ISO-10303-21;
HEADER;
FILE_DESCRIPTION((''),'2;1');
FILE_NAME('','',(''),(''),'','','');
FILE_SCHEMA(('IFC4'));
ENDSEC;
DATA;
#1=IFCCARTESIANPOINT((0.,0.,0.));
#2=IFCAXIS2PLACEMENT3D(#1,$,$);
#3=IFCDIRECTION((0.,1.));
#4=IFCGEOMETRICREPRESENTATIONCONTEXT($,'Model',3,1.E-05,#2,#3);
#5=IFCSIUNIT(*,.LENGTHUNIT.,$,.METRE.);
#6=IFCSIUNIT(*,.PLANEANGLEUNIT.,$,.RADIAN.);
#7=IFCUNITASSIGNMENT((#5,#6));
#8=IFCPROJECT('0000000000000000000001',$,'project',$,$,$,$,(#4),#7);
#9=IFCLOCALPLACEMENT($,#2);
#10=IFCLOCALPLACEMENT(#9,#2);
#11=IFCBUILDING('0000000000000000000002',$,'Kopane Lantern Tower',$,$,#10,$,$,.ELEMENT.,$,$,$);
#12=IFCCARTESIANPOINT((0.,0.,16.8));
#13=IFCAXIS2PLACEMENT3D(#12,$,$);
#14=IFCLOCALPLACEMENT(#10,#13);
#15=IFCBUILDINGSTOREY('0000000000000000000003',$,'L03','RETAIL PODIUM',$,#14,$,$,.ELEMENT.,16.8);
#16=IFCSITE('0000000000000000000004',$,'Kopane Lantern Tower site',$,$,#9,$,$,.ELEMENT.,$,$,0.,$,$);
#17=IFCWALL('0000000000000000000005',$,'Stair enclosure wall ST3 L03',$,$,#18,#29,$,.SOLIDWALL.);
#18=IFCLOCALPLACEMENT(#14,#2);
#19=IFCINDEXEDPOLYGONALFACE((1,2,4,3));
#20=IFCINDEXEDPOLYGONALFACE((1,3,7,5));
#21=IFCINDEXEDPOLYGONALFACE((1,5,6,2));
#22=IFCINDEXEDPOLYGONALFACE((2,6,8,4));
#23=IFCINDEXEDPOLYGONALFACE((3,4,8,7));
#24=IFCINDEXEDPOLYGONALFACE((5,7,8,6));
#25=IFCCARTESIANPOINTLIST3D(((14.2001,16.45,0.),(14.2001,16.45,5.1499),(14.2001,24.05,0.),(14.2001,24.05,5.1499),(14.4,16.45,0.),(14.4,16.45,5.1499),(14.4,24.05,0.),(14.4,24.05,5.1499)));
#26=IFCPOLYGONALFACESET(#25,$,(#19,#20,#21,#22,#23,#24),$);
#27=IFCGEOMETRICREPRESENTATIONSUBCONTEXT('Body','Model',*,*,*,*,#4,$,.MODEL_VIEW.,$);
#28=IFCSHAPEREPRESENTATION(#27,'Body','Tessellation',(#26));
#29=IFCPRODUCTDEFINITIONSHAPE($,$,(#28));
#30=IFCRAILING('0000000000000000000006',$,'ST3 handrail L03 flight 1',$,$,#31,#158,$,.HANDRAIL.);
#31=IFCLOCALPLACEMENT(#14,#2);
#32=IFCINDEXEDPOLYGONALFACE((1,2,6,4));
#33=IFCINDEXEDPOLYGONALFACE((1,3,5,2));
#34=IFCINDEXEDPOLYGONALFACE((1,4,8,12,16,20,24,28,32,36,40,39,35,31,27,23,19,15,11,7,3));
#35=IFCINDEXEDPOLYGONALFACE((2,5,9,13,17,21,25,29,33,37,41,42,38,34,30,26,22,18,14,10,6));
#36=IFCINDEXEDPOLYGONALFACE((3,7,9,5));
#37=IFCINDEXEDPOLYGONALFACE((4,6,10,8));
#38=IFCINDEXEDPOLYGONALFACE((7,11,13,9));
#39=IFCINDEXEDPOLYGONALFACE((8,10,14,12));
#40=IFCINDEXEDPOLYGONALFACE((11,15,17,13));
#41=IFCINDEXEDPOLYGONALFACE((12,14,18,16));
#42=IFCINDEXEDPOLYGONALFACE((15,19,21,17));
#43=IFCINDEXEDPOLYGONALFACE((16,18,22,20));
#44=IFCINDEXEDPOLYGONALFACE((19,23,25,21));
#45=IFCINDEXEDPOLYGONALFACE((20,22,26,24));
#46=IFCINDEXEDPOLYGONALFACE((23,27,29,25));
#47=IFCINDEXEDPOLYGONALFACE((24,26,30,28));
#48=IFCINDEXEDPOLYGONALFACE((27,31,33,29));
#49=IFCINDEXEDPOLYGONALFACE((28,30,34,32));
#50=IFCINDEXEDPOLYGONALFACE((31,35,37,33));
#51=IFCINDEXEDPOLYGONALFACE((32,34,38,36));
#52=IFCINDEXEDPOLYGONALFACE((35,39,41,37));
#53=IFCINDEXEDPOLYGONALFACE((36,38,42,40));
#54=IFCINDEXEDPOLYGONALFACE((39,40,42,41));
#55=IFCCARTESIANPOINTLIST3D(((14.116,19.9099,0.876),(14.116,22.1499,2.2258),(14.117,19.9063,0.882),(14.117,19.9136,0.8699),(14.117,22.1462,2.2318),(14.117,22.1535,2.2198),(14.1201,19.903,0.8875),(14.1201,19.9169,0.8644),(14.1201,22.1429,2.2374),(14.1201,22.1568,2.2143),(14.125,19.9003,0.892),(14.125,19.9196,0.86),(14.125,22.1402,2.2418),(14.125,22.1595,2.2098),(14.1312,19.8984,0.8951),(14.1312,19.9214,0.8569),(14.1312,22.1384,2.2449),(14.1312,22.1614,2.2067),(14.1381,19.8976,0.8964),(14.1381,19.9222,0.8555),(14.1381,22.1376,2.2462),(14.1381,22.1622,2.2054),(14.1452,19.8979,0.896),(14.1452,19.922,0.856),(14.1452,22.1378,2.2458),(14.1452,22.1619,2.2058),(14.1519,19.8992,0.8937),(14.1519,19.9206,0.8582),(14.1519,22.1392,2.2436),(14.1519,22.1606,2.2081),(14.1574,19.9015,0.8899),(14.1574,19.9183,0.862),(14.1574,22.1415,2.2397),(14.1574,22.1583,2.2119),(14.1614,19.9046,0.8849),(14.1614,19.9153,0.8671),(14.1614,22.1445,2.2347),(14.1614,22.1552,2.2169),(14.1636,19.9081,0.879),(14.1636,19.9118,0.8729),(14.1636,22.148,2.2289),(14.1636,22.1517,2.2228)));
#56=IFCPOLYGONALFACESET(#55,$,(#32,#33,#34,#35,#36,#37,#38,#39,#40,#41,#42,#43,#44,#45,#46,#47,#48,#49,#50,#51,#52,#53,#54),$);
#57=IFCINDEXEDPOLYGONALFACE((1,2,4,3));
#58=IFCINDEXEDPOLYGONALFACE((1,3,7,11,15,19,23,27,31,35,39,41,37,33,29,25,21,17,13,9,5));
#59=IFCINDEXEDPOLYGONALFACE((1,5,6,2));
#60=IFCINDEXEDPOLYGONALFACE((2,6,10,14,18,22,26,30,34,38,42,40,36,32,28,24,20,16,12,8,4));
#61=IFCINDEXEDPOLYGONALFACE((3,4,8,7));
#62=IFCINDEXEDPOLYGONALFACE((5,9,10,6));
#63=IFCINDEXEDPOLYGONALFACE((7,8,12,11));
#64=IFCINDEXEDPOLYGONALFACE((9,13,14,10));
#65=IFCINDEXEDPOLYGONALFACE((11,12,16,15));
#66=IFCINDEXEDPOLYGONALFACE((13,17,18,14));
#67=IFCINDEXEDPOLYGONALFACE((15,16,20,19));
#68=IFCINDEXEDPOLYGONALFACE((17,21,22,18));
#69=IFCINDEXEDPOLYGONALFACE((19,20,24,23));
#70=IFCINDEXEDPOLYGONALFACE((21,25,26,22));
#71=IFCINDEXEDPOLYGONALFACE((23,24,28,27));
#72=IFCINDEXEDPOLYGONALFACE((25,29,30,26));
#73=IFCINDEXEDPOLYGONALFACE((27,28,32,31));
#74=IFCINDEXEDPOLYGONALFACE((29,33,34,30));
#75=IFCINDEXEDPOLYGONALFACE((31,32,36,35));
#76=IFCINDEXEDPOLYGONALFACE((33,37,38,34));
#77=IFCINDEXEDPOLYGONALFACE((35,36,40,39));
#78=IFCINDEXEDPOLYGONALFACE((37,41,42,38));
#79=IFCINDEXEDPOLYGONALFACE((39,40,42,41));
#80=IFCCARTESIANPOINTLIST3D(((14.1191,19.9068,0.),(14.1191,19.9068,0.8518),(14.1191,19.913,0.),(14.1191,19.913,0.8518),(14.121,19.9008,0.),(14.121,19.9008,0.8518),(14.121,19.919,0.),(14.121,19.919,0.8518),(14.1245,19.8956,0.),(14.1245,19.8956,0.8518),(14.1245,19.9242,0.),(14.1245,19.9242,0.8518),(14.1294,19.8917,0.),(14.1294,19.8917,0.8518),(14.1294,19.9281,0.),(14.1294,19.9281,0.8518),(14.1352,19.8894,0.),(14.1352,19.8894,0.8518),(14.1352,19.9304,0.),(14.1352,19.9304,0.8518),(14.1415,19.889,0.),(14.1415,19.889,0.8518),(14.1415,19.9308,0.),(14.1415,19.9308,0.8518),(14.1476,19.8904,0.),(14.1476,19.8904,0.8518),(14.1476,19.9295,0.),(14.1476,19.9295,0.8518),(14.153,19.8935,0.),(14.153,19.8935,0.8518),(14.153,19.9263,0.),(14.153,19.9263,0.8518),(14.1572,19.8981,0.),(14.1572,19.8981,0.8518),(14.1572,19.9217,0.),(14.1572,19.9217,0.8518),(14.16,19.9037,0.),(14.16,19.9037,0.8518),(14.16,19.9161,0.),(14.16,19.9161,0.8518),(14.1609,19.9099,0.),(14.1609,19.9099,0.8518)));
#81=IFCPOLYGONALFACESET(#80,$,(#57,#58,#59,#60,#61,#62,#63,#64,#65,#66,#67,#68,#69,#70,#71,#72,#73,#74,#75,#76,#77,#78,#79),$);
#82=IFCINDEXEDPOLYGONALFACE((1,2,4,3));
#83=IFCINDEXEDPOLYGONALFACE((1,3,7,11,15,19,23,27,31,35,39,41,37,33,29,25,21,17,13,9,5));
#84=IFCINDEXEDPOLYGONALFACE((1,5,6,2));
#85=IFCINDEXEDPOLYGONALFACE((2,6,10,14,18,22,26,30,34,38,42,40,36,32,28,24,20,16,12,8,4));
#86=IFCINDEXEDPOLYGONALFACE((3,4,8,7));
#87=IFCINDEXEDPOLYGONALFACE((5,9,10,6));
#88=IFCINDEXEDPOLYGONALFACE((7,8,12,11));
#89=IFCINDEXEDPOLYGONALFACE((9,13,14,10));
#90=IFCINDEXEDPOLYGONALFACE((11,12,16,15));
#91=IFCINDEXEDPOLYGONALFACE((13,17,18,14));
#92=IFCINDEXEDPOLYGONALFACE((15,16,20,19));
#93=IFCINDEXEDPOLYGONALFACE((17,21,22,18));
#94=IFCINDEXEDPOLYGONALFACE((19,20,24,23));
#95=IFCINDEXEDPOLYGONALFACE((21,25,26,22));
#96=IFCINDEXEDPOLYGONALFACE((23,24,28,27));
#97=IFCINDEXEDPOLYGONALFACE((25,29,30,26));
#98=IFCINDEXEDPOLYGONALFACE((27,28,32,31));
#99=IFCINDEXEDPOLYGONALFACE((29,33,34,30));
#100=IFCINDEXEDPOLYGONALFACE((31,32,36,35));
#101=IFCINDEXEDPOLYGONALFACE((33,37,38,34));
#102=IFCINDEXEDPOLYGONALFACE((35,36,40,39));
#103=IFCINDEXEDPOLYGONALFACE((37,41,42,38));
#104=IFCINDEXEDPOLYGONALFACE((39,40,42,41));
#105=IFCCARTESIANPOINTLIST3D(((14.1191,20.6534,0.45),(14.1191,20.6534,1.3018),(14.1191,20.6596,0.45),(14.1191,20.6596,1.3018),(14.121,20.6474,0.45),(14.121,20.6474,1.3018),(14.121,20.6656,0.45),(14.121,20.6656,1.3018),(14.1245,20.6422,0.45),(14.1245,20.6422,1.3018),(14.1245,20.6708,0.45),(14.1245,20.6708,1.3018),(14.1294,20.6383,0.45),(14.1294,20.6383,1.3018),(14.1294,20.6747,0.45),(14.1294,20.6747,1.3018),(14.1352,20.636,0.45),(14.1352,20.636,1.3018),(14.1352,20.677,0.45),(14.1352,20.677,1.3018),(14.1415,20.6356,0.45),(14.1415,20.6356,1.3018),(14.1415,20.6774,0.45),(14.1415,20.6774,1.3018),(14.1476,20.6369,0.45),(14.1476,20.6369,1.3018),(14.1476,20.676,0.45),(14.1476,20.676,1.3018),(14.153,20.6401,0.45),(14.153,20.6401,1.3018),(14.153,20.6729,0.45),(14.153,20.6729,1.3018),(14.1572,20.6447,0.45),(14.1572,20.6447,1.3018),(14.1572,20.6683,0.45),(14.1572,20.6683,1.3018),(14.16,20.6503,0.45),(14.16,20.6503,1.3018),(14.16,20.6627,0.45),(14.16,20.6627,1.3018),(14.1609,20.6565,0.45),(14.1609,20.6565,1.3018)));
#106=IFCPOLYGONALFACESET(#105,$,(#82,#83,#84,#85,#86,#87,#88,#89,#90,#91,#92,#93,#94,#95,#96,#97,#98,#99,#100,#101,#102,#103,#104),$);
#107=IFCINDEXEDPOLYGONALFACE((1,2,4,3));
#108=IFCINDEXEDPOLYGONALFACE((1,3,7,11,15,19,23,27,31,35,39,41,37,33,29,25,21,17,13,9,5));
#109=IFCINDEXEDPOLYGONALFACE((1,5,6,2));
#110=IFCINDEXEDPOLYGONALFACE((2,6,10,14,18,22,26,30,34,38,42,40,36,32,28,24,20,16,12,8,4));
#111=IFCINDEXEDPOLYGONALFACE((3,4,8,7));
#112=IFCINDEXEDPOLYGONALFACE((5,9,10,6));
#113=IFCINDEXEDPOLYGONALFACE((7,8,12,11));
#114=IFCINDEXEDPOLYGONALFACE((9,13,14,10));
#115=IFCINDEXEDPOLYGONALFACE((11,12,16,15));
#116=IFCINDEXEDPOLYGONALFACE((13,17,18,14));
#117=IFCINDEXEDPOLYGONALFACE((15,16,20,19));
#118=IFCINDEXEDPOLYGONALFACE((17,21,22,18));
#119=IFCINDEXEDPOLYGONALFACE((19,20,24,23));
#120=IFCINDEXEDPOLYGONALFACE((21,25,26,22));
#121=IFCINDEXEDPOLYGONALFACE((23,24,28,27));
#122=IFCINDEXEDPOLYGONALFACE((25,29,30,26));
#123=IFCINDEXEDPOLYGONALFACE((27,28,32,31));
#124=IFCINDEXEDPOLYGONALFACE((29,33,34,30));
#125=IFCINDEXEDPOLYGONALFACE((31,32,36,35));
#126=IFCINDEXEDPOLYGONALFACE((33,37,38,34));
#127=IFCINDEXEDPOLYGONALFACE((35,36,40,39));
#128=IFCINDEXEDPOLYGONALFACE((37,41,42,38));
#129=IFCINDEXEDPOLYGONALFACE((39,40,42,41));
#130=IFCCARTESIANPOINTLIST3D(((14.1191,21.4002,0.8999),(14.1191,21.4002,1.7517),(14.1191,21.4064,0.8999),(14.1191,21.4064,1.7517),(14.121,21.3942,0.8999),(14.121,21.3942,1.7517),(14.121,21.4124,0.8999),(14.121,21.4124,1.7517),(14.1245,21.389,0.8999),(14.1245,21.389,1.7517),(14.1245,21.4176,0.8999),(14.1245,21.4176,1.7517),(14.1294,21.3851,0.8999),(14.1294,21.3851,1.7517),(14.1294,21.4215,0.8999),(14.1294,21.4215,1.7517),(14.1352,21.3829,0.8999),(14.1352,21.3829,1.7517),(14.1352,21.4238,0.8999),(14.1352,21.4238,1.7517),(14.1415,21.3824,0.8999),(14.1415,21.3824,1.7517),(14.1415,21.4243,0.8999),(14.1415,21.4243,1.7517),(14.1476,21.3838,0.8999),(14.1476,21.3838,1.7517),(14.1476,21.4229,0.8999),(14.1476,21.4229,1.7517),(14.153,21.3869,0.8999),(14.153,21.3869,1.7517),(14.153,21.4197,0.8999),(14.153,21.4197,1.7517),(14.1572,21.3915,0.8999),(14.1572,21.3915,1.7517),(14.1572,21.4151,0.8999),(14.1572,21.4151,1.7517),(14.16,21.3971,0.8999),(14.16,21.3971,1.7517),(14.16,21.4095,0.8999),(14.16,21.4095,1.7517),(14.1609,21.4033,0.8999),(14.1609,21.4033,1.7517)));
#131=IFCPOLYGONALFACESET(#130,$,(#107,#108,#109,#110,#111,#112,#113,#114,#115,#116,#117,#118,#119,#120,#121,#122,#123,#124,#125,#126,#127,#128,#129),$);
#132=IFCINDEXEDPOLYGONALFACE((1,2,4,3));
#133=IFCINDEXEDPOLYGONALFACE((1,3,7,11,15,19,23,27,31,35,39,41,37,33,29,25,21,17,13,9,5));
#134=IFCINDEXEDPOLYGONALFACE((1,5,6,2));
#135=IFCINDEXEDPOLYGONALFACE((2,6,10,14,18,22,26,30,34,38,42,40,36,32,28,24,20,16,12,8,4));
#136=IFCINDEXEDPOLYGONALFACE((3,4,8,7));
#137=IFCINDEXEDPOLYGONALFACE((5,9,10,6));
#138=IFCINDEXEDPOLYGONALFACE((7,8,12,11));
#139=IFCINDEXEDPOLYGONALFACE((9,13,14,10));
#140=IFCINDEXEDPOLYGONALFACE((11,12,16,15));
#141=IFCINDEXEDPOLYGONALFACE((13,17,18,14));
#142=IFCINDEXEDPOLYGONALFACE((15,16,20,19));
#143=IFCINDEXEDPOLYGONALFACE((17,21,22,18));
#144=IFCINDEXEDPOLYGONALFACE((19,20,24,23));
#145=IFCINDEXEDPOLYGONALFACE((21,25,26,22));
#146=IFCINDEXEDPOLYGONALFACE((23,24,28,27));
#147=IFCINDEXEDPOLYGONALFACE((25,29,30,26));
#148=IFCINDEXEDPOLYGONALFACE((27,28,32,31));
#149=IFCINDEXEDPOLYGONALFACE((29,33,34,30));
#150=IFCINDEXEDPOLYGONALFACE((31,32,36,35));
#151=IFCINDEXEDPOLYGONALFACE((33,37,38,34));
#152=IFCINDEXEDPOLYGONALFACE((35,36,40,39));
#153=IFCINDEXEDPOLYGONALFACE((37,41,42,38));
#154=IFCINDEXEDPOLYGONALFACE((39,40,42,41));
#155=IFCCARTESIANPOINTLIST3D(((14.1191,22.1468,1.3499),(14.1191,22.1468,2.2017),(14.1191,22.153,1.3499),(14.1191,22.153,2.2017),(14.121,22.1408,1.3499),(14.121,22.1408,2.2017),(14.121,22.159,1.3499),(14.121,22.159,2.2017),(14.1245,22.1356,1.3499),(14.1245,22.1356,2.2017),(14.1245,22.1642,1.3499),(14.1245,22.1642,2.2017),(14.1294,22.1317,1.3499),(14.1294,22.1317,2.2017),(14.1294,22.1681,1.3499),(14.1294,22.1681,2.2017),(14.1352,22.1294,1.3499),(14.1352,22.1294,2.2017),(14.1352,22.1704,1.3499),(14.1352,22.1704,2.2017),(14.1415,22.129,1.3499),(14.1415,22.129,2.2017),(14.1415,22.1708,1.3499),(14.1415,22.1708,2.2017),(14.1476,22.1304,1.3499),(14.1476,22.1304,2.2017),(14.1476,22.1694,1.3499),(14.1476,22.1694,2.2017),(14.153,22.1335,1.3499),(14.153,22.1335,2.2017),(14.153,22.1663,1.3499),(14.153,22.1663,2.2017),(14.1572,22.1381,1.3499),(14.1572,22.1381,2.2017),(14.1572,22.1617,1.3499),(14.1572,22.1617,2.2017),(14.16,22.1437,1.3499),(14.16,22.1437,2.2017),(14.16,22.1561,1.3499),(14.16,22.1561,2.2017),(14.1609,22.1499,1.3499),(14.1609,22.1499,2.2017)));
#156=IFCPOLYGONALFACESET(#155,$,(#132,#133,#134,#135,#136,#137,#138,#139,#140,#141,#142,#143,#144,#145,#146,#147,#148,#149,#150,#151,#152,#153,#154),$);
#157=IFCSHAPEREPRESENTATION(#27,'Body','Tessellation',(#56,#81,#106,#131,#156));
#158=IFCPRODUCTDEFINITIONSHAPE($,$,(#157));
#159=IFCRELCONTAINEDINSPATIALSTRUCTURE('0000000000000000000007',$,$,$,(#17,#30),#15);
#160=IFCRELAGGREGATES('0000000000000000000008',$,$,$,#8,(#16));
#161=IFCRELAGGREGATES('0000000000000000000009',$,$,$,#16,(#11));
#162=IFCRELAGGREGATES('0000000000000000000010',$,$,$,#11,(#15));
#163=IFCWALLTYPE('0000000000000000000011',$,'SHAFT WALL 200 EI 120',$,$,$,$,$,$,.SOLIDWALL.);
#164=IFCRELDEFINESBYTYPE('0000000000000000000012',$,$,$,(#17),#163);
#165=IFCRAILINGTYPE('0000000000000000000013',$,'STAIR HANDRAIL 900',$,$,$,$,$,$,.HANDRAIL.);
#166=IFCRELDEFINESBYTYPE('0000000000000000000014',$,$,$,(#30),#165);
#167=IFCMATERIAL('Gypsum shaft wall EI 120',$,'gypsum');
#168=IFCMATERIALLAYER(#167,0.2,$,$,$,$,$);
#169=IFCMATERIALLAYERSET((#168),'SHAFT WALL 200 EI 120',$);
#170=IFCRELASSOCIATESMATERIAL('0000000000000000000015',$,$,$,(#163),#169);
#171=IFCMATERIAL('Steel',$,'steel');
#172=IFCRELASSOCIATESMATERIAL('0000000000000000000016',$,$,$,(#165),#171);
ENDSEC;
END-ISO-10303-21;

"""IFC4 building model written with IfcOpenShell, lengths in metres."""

from ifc_helpers import new_model, si_unit, direction, frame, frame_2d, origin, origin_2d, place, context, subcontext, project, spatial, rectangle, circle, extrude, material, layer, layer_set, type_object, element, save


model = new_model("IFC4")

# Units and contexts
model_context = context("Model", 3, precision=1e-05, world=origin(), true_north=direction((0.0, 1.0)))
body_context = subcontext(model_context, "Body", "Model", "MODEL_VIEW")
ifc_project = project(units=[si_unit("LENGTHUNIT", "METRE"), si_unit("PLANEANGLEUNIT", "RADIAN")], contexts=[model_context])

# Site, building, storey
site_placement = place(None, origin())
site = spatial("IfcSite", under=ifc_project, at=site_placement, Name="Kopane Lantern Tower site", CompositionType="ELEMENT", RefElevation=0.0)
building_placement = place(site_placement, origin())
building = spatial("IfcBuilding", under=site, at=building_placement, Name="Kopane Lantern Tower", CompositionType="ELEMENT")
storey_placement = place(building_placement, frame((0.0, 0.0, 16.8)))
storey = spatial("IfcBuildingStorey", under=building, at=storey_placement, Name="L03", Description="RETAIL PODIUM", CompositionType="ELEMENT", Elevation=16.8)

# Shared definitions
ifc_material_1 = material(Name="Gypsum shaft wall EI 120", Category="gypsum")
ifc_layer = layer(ifc_material_1, 0.2)
ifc_layer_set = layer_set([ifc_layer], Name="SHAFT WALL 200 EI 120")
wall_type = type_object("IfcWallType", Name="SHAFT WALL 200 EI 120", PredefinedType="SOLIDWALL", material=ifc_layer_set)

# Wall
for number, where, z_axis, x_axis, name in (
    (1, (14.3, 16.45, 0.0), (0.0, 0.0, 1.0), (0.0, 1.0, 0.0), "Stair enclosure wall ST3 L03"),
):
    element("IfcWall", number, at=place(storey_placement, frame(where, z_axis=z_axis, x_axis=x_axis)), inside=storey, type_object=wall_type, Name=name, PredefinedType="SOLIDWALL", context=body_context, shape_type="SweptSolid", body=[
        extrude(rectangle(XDim=7.6001, YDim=0.2, at=frame_2d((3.8, 0.0))), origin(), (0.0, 0.0, 1.0), 5.1499),
    ])

# Railing
ifc_material_2 = material(Name="Steel", Category="steel")
railing_type_1 = type_object("IfcRailingType", Name="STAIR HANDRAIL 900", PredefinedType="HANDRAIL", material=ifc_material_2)
for number, where, name in (
    (2, (14.1399, 19.9099, 0.0), "ST3 handrail L03 flight 1"),
):
    element("IfcRailing", number, at=place(storey_placement, frame(where)), inside=storey, type_object=railing_type_1, Name=name, PredefinedType="HANDRAIL", context=body_context, shape_type="SweptSolid", body=[
        extrude(circle(Radius=0.0239, at=origin_2d()), frame((0.0, 0.0, 0.876), z_axis=(0.0, 0.856503, 0.516142), x_axis=(-1.0, 0.0, 0.0)), (0.0, 0.0, 1.0), 2.6152),
        extrude(circle(Radius=0.021, at=origin_2d()), origin(), (0.0, 0.0, 1.0), 0.8518),
        extrude(circle(Radius=0.021, at=origin_2d()), frame((0.0, 0.7466, 0.45)), (0.0, 0.0, 1.0), 0.8518),
        extrude(circle(Radius=0.021, at=origin_2d()), frame((0.0, 1.4934, 0.8999)), (0.0, 0.0, 1.0), 0.8518),
        extrude(circle(Radius=0.021, at=origin_2d()), frame((0.0, 2.24, 1.3499)), (0.0, 0.0, 1.0), 0.8518),
    ])

save(model, "model.ifc")
